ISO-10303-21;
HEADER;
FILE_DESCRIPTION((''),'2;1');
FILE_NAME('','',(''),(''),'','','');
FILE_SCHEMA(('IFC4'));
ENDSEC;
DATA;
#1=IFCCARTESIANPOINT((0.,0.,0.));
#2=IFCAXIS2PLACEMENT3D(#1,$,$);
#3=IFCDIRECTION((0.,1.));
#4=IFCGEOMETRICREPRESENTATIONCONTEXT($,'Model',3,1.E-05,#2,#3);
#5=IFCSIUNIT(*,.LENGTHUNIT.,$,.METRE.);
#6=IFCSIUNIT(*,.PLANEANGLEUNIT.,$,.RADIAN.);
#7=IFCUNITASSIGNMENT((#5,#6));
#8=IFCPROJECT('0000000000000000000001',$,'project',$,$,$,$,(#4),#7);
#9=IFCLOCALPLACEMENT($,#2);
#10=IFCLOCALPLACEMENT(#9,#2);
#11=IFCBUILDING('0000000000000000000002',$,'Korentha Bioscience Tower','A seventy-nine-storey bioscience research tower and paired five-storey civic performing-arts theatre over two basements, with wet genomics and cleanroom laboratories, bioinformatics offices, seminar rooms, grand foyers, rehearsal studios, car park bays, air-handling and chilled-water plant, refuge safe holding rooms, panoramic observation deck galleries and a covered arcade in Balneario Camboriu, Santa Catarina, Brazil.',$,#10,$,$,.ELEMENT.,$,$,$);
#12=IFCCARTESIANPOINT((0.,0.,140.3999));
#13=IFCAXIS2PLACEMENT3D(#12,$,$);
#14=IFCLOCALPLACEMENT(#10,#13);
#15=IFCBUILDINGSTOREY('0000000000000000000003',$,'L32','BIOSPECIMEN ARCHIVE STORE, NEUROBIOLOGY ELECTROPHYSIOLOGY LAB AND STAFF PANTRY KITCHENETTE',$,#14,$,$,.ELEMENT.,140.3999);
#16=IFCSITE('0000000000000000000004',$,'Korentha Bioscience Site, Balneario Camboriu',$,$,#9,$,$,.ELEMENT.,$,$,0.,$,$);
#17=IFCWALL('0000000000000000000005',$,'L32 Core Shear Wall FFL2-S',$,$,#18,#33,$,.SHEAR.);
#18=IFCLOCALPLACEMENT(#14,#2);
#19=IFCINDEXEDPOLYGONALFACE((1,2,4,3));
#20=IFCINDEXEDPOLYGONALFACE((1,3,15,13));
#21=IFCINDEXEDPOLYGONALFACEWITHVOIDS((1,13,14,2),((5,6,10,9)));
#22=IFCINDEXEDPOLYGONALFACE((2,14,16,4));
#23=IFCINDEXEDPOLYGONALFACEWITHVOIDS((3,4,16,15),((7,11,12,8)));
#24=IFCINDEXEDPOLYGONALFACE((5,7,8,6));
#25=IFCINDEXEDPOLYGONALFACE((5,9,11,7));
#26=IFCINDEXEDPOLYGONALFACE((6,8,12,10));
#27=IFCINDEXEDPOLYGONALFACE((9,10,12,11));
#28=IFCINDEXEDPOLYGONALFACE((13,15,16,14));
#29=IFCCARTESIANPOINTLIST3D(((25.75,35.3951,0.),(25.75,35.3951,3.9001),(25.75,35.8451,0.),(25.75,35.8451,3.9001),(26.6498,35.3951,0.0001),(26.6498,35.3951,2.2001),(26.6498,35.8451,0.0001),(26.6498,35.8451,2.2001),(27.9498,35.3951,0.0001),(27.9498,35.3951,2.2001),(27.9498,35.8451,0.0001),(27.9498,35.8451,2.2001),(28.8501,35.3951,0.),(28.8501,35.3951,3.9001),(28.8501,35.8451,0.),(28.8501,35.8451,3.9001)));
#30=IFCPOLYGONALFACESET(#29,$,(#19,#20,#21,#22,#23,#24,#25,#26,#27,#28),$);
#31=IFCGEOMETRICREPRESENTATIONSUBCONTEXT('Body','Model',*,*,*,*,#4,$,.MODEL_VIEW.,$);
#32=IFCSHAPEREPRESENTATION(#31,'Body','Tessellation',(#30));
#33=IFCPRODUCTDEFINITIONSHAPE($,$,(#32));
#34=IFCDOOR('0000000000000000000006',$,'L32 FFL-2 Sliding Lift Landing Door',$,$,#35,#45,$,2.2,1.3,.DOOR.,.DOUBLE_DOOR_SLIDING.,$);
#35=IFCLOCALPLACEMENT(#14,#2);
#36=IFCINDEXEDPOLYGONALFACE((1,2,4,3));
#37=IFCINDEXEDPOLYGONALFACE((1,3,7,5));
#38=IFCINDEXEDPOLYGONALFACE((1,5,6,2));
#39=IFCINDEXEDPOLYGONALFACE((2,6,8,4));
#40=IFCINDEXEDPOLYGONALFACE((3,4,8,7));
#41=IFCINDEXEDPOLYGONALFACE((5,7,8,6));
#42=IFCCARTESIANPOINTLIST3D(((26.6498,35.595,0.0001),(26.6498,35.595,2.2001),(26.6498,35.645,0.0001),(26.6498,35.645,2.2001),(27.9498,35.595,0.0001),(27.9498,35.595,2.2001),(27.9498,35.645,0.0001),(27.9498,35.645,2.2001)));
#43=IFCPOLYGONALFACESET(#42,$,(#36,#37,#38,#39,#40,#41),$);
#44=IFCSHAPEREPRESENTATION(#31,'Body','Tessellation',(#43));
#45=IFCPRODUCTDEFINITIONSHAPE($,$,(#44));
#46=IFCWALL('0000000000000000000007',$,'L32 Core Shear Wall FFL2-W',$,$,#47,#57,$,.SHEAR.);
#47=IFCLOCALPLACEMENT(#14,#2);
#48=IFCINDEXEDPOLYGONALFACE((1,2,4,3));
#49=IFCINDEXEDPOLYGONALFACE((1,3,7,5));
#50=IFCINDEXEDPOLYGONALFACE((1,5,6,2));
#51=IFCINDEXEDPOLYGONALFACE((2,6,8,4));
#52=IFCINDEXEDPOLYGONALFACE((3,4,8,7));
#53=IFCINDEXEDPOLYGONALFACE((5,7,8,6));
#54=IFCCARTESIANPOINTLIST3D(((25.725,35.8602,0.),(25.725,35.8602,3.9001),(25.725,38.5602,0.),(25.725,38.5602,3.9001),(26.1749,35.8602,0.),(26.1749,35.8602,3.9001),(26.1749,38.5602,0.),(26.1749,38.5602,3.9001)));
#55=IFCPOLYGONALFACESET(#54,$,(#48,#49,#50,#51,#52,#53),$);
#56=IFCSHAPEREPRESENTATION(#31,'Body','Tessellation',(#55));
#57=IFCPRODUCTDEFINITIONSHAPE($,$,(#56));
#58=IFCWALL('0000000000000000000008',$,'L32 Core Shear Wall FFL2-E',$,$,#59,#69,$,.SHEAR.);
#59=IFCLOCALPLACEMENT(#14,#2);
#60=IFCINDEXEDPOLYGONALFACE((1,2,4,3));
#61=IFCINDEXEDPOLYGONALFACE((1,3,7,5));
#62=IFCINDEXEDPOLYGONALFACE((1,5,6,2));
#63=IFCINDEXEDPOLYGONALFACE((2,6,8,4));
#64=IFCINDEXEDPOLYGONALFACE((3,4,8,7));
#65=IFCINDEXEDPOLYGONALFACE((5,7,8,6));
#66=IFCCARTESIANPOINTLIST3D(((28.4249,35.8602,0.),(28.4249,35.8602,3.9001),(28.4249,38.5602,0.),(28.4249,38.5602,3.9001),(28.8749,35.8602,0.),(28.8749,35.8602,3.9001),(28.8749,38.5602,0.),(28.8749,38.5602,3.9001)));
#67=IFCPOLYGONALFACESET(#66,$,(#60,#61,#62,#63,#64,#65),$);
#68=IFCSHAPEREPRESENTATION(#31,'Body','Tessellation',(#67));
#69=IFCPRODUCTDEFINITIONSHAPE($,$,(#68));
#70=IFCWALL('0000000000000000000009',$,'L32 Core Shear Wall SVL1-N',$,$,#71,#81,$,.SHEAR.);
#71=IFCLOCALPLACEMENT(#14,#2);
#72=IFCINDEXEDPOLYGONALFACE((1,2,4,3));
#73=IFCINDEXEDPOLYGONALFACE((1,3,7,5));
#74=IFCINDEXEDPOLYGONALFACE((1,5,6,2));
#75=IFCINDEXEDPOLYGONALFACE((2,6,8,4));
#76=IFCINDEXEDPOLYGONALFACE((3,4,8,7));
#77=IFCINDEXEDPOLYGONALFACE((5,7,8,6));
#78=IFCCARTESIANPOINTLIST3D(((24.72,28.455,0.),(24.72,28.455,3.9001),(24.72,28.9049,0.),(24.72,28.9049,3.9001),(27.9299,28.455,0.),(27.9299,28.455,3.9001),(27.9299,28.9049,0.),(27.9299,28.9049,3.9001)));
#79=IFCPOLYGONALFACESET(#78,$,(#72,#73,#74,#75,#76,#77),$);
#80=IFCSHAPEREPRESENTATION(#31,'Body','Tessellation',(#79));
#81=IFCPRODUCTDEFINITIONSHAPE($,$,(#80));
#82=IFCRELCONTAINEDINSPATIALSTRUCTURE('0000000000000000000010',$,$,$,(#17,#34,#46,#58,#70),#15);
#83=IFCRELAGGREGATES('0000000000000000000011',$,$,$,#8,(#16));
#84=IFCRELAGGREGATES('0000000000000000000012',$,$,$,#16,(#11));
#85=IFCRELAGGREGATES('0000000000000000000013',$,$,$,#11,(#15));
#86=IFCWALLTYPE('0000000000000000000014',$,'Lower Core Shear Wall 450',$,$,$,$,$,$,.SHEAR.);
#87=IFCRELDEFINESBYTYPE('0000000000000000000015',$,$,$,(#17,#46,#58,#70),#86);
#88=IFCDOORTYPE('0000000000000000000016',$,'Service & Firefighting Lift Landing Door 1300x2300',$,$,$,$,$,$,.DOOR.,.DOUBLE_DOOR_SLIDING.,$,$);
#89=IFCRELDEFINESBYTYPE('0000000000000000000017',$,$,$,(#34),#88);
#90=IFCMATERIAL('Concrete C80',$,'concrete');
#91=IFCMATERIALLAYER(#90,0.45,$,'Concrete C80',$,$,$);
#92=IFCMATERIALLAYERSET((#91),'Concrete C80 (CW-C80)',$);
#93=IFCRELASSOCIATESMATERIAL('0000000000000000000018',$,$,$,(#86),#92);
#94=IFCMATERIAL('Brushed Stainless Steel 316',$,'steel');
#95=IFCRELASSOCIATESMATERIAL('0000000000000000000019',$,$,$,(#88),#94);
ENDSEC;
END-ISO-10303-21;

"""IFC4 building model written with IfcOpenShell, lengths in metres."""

from ifc_helpers import new_model, si_unit, direction, frame, frame_2d, origin, place, context, subcontext, project, spatial, rectangle, extrude, material, layer, layer_set, type_object, element, fill, save


model = new_model("IFC4")

# Units and contexts
model_context = context("Model", 3, precision=1e-05, world=origin(), true_north=direction((0.0, 1.0)))
body_context = subcontext(model_context, "Body", "Model", "MODEL_VIEW")
ifc_project = project(units=[si_unit("LENGTHUNIT", "METRE"), si_unit("PLANEANGLEUNIT", "RADIAN")], contexts=[model_context])

# Site, building, storey
site_placement = place(None, origin())
site = spatial("IfcSite", under=ifc_project, at=site_placement, Name="Korentha Bioscience Site, Balneario Camboriu", CompositionType="ELEMENT", RefElevation=0.0)
building_placement = place(site_placement, origin())
building = spatial("IfcBuilding", under=site, at=building_placement, Name="Korentha Bioscience Tower", Description="A seventy-nine-storey bioscience research tower and paired five-storey civic performing-arts theatre over two basements, with wet genomics and cleanroom laboratories, bioinformatics offices, seminar rooms, grand foyers, rehearsal studios, car park bays, air-handling and chilled-water plant, refuge safe holding rooms, panoramic observation deck galleries and a covered arcade in Balneario Camboriu, Santa Catarina, Brazil.", CompositionType="ELEMENT")
storey_placement = place(building_placement, frame((0.0, 0.0, 140.3999)))
storey = spatial("IfcBuildingStorey", under=building, at=storey_placement, Name="L32", Description="BIOSPECIMEN ARCHIVE STORE, NEUROBIOLOGY ELECTROPHYSIOLOGY LAB AND STAFF PANTRY KITCHENETTE", CompositionType="ELEMENT", Elevation=140.3999)

# Shared definitions
ifc_material_1 = material(Name="Concrete C80", Category="concrete")
ifc_layer_1 = layer(ifc_material_1, 0.45, Name="Concrete C80")
ifc_layer_set_1 = layer_set([ifc_layer_1], Name="Concrete C80 (CW-C80)")
wall_type_1 = type_object("IfcWallType", Name="Lower Core Shear Wall 450", PredefinedType="SHEAR", material=ifc_layer_set_1)

# Wall, opening, door
wall_1_placement = place(storey_placement, frame((25.75, 35.6201, 0.0), z_axis=(0.0, 0.0, 1.0), x_axis=(1.0, 0.0, 0.0)))
wall_1 = element("IfcWall", 1, at=wall_1_placement, inside=storey, type_object=wall_type_1, Name="L32 Core Shear Wall FFL2-S", PredefinedType="SHEAR", context=body_context, shape_type="SweptSolid", body=[
    extrude(rectangle(XDim=3.1001, YDim=0.45, at=frame_2d((1.55, 0.0))), origin(), (0.0, 0.0, 1.0), 3.9001),
])
opening_1_placement = place(wall_1_placement, frame((0.8999, 0.0, 0.0)))
opening_1 = element("IfcOpeningElement", 2, at=opening_1_placement, cuts=wall_1, PredefinedType="OPENING", context=body_context, shape_type="SweptSolid", body=[
    extrude(rectangle(XDim=1.3, YDim=2.2, at=frame_2d((0.6499, 1.1001))), frame((0.0, 0.2397, 0.0), z_axis=(0.0, -1.0, 0.0), x_axis=(1.0, 0.0, 0.0)), (0.0, 0.0, 1.0), 0.4797),
])
ifc_material_2 = material(Name="Brushed Stainless Steel 316", Category="steel")
door_type_1 = type_object("IfcDoorType", Name="Service & Firefighting Lift Landing Door 1300x2300", OperationType="DOUBLE_DOOR_SLIDING", PredefinedType="DOOR", material=ifc_material_2)
door_1_placement = place(opening_1_placement, origin())
door_1 = element("IfcDoor", 3, at=door_1_placement, inside=storey, type_object=door_type_1, Name="L32 FFL-2 Sliding Lift Landing Door", OperationType="DOUBLE_DOOR_SLIDING", OverallHeight=2.2, OverallWidth=1.3, PredefinedType="DOOR", context=body_context, shape_type="SweptSolid", body=[
    extrude(rectangle(XDim=1.3, YDim=2.2, at=frame_2d((0.6499, 1.1001))), frame((0.0, 0.0249, 0.0), z_axis=(0.0, -1.0, 0.0), x_axis=(1.0, 0.0, 0.0)), (0.0, 0.0, 1.0), 0.05),
])
fill(opening_1, door_1)

# Walls
for number, where, z_axis, x_axis, name in (
    (4, (25.95, 35.8601, 0.0), (0.0, 0.0, 1.0), (0.0, 1.0, 0.0), "L32 Core Shear Wall FFL2-W"),
    (5, (28.6499, 35.8601, 0.0), (0.0, 0.0, 1.0), (0.0, 1.0, 0.0), "L32 Core Shear Wall FFL2-E"),
):
    element("IfcWall", number, at=place(storey_placement, frame(where, z_axis=z_axis, x_axis=x_axis)), inside=storey, type_object=wall_type_1, Name=name, PredefinedType="SHEAR", context=body_context, shape_type="SweptSolid", body=[
        extrude(rectangle(XDim=2.7, YDim=0.45, at=frame_2d((1.3501, 0.0))), origin(), (0.0, 0.0, 1.0), 3.9001),
    ])
wall_2_placement = place(storey_placement, frame((24.72, 28.6799, 0.0), z_axis=(0.0, 0.0, 1.0), x_axis=(1.0, 0.0, 0.0)))
element("IfcWall", 6, at=wall_2_placement, inside=storey, type_object=wall_type_1, Name="L32 Core Shear Wall SVL1-N", PredefinedType="SHEAR", context=body_context, shape_type="SweptSolid", body=[
    extrude(rectangle(XDim=3.21, YDim=0.45, at=frame_2d((1.605, 0.0))), origin(), (0.0, 0.0, 1.0), 3.9001),
])

save(model, "model.ifc")
